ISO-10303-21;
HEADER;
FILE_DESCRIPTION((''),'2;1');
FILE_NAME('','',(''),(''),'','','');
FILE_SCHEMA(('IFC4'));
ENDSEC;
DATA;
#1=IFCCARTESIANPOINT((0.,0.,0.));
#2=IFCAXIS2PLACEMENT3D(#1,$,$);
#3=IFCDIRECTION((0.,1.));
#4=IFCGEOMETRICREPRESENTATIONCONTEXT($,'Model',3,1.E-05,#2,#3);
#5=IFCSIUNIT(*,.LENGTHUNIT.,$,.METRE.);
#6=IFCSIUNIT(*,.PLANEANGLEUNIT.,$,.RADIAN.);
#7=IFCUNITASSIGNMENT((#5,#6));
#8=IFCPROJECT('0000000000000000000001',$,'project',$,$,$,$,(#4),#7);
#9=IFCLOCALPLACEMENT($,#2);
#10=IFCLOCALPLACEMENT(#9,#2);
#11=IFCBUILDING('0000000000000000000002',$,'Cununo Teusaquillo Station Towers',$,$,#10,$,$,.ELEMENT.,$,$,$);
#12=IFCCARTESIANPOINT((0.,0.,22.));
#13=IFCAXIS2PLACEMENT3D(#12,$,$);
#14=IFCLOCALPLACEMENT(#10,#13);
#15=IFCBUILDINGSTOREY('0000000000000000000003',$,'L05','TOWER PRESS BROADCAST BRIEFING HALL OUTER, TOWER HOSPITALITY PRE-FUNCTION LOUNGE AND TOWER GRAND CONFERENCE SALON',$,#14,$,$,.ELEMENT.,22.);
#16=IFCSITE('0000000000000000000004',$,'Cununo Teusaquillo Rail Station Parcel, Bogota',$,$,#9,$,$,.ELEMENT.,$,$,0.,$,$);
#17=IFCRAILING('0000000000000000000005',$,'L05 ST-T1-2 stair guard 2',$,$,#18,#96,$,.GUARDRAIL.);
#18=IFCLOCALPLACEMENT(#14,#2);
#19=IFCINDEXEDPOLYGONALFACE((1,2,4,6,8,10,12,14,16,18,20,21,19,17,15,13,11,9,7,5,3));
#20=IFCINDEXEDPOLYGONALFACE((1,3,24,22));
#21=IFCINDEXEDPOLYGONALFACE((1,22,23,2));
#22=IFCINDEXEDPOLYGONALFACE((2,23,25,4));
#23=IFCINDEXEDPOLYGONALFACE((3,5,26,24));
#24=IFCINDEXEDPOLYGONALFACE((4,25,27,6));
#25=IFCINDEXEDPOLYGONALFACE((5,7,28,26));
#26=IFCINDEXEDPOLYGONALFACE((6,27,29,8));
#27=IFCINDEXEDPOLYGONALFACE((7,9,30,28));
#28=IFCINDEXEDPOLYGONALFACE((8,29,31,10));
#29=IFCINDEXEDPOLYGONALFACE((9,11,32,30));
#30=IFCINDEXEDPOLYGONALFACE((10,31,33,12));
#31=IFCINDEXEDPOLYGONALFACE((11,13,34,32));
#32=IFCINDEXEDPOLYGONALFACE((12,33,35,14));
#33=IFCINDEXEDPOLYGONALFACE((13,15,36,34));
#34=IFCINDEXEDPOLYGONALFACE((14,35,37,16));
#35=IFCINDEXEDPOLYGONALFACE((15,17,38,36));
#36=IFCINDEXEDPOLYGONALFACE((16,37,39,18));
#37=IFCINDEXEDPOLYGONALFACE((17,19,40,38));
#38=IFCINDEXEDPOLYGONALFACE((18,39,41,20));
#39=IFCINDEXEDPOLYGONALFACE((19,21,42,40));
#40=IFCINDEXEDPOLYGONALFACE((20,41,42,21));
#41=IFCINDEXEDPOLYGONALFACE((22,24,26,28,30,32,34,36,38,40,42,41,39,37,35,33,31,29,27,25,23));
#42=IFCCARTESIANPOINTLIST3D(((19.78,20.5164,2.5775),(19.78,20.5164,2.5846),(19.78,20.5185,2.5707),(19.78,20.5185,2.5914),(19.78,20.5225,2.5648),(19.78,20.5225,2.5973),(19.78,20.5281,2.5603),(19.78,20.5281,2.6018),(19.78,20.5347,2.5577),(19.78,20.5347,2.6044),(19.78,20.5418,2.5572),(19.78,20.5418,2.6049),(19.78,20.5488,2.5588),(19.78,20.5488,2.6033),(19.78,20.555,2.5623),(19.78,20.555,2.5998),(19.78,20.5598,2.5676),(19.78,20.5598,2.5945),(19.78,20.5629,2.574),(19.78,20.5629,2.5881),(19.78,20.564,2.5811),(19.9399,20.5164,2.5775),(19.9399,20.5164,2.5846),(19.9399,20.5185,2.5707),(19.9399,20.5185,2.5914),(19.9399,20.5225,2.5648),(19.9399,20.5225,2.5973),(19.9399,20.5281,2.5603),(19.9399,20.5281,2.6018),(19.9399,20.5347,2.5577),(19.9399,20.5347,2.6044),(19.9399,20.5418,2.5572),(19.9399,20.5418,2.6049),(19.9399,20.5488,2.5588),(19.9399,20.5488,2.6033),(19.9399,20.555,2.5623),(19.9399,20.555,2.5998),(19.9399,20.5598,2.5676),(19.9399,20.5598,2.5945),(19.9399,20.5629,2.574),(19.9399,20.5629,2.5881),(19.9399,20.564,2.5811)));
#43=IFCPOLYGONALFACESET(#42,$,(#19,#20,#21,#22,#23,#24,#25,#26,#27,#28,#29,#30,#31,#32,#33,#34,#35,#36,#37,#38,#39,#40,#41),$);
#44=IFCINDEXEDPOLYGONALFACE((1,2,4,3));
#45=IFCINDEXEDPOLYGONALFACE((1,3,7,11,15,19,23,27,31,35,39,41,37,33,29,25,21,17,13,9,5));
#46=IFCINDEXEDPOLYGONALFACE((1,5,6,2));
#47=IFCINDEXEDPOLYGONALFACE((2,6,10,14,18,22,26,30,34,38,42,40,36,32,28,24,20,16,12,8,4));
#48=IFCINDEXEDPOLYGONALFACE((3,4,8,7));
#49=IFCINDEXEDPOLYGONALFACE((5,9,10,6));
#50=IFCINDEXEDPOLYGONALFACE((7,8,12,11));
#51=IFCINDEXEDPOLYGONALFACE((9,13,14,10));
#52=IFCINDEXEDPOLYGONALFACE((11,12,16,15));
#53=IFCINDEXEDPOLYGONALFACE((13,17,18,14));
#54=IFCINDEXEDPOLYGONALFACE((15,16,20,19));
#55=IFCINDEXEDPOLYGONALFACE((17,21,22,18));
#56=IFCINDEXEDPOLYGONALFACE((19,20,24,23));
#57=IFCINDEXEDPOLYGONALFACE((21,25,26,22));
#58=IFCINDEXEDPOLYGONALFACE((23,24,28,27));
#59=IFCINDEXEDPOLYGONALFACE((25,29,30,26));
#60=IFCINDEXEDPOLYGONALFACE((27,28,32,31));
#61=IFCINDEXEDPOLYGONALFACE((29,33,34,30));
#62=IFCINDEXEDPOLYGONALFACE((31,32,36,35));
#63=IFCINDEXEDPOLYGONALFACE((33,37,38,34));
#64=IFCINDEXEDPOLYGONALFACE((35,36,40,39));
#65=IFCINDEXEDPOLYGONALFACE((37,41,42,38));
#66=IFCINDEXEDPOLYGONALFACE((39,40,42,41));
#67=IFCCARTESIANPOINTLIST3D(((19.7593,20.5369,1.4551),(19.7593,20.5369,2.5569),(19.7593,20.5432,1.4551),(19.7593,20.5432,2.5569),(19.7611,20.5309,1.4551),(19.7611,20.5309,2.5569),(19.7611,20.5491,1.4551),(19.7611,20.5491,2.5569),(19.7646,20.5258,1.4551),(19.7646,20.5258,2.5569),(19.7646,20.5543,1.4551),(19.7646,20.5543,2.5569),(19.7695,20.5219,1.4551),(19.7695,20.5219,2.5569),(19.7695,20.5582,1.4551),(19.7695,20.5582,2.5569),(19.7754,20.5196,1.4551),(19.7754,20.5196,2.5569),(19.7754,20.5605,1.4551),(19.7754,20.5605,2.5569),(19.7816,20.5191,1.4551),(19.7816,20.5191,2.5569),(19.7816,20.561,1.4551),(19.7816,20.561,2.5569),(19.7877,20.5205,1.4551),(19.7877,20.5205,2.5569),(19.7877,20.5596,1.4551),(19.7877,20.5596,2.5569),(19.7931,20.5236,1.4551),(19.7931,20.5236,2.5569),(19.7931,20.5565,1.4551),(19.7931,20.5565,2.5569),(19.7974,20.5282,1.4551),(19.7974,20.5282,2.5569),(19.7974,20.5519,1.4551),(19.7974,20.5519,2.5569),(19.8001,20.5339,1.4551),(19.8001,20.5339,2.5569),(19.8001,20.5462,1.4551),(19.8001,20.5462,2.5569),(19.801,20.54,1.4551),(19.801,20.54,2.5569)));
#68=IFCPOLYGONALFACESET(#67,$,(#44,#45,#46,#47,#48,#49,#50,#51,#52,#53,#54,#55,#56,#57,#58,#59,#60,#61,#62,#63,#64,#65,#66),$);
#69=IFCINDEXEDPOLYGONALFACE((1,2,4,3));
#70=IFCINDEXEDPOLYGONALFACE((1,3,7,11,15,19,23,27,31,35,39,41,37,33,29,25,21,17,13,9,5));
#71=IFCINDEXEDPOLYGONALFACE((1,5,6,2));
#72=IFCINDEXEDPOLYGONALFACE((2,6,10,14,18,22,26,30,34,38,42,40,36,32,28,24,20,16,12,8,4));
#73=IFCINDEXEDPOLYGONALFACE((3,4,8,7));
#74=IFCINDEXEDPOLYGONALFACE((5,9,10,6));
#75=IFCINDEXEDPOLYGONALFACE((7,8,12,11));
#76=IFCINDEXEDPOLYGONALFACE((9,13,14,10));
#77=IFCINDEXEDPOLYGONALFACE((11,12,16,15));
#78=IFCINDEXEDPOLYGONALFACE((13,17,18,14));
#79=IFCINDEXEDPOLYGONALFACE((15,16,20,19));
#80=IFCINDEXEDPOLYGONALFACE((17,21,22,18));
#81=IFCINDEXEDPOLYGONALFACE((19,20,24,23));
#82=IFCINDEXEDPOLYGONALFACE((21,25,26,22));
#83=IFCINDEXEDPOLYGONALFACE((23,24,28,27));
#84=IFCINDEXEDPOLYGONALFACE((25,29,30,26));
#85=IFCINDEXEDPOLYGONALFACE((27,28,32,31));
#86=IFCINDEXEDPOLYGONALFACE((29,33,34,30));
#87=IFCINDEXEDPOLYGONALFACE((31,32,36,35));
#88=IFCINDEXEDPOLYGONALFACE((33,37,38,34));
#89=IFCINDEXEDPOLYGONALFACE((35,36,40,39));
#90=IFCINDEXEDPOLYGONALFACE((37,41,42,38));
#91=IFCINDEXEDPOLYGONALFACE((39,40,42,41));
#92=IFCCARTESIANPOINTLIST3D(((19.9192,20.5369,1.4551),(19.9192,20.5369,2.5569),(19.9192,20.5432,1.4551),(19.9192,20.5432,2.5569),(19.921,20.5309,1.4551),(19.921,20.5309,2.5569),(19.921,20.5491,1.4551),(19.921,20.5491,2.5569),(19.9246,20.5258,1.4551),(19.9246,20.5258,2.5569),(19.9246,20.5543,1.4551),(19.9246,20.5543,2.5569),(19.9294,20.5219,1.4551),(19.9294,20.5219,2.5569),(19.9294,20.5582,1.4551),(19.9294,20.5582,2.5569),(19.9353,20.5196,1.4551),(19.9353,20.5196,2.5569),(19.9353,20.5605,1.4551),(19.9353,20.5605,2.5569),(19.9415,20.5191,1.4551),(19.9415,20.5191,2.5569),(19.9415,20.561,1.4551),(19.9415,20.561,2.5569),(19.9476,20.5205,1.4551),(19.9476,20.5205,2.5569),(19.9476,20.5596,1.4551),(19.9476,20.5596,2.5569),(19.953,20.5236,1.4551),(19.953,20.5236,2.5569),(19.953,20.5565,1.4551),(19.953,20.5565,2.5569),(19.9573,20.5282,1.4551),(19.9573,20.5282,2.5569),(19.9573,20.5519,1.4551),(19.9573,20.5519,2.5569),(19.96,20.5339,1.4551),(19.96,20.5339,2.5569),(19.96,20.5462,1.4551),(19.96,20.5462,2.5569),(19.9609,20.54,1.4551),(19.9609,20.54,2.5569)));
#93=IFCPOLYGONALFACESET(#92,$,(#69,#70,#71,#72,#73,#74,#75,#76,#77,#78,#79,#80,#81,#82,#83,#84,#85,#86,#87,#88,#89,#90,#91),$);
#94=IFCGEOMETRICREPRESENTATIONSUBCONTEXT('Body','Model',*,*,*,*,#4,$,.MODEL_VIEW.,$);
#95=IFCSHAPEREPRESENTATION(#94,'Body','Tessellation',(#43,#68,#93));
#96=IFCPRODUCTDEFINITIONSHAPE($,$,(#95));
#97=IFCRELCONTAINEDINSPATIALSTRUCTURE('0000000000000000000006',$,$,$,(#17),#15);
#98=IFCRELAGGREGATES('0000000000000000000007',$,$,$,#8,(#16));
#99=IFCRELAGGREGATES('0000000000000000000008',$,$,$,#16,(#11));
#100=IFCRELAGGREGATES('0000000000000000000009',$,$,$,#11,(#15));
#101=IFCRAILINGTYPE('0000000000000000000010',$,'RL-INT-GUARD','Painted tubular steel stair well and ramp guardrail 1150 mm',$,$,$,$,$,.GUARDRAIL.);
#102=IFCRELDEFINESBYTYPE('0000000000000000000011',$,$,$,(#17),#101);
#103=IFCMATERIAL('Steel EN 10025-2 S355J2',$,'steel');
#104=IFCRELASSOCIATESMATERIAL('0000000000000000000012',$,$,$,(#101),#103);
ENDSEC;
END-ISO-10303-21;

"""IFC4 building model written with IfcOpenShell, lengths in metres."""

from ifc_helpers import new_model, si_unit, direction, frame, origin, origin_2d, place, context, subcontext, project, spatial, circle, extrude, material, type_object, element, save


model = new_model("IFC4")

# Units and contexts
model_context = context("Model", 3, precision=1e-05, world=origin(), true_north=direction((0.0, 1.0)))
body_context = subcontext(model_context, "Body", "Model", "MODEL_VIEW")
ifc_project = project(units=[si_unit("LENGTHUNIT", "METRE"), si_unit("PLANEANGLEUNIT", "RADIAN")], contexts=[model_context])

# Site, building, storey
site_placement = place(None, origin())
site = spatial("IfcSite", under=ifc_project, at=site_placement, Name="Cununo Teusaquillo Rail Station Parcel, Bogota", CompositionType="ELEMENT", RefElevation=0.0)
building_placement = place(site_placement, origin())
building = spatial("IfcBuilding", under=site, at=building_placement, Name="Cununo Teusaquillo Station Towers", CompositionType="ELEMENT")
storey_placement = place(building_placement, frame((0.0, 0.0, 22.0)))
storey = spatial("IfcBuildingStorey", under=building, at=storey_placement, Name="L05", Description="TOWER PRESS BROADCAST BRIEFING HALL OUTER, TOWER HOSPITALITY PRE-FUNCTION LOUNGE AND TOWER GRAND CONFERENCE SALON", CompositionType="ELEMENT", Elevation=22.0)

# Railing
ifc_material_1 = material(Name="Steel EN 10025-2 S355J2", Category="steel")
railing_type_1 = type_object("IfcRailingType", Name="RL-INT-GUARD", Description="Painted tubular steel stair well and ramp guardrail 1150 mm", PredefinedType="GUARDRAIL", material=ifc_material_1)
railing_1_placement = place(storey_placement, frame((19.78, 20.54, 1.4551)))
element("IfcRailing", 1, at=railing_1_placement, inside=storey, type_object=railing_type_1, Name="L05 ST-T1-2 stair guard 2", PredefinedType="GUARDRAIL", context=body_context, shape_type="SweptSolid", body=[
    extrude(circle(Radius=0.0239, at=origin_2d()), frame((0.0, 0.0, 1.126), z_axis=(1.0, 0.0, 0.0), x_axis=(0.0, 1.0, 0.0)), (0.0, 0.0, 1.0), 0.1599),
    extrude(circle(Radius=0.021, at=origin_2d()), origin(), (0.0, 0.0, 1.0), 1.1018),
    extrude(circle(Radius=0.021, at=origin_2d()), frame((0.1599, 0.0, 0.0)), (0.0, 0.0, 1.0), 1.1018),
])

save(model, "model.ifc")
